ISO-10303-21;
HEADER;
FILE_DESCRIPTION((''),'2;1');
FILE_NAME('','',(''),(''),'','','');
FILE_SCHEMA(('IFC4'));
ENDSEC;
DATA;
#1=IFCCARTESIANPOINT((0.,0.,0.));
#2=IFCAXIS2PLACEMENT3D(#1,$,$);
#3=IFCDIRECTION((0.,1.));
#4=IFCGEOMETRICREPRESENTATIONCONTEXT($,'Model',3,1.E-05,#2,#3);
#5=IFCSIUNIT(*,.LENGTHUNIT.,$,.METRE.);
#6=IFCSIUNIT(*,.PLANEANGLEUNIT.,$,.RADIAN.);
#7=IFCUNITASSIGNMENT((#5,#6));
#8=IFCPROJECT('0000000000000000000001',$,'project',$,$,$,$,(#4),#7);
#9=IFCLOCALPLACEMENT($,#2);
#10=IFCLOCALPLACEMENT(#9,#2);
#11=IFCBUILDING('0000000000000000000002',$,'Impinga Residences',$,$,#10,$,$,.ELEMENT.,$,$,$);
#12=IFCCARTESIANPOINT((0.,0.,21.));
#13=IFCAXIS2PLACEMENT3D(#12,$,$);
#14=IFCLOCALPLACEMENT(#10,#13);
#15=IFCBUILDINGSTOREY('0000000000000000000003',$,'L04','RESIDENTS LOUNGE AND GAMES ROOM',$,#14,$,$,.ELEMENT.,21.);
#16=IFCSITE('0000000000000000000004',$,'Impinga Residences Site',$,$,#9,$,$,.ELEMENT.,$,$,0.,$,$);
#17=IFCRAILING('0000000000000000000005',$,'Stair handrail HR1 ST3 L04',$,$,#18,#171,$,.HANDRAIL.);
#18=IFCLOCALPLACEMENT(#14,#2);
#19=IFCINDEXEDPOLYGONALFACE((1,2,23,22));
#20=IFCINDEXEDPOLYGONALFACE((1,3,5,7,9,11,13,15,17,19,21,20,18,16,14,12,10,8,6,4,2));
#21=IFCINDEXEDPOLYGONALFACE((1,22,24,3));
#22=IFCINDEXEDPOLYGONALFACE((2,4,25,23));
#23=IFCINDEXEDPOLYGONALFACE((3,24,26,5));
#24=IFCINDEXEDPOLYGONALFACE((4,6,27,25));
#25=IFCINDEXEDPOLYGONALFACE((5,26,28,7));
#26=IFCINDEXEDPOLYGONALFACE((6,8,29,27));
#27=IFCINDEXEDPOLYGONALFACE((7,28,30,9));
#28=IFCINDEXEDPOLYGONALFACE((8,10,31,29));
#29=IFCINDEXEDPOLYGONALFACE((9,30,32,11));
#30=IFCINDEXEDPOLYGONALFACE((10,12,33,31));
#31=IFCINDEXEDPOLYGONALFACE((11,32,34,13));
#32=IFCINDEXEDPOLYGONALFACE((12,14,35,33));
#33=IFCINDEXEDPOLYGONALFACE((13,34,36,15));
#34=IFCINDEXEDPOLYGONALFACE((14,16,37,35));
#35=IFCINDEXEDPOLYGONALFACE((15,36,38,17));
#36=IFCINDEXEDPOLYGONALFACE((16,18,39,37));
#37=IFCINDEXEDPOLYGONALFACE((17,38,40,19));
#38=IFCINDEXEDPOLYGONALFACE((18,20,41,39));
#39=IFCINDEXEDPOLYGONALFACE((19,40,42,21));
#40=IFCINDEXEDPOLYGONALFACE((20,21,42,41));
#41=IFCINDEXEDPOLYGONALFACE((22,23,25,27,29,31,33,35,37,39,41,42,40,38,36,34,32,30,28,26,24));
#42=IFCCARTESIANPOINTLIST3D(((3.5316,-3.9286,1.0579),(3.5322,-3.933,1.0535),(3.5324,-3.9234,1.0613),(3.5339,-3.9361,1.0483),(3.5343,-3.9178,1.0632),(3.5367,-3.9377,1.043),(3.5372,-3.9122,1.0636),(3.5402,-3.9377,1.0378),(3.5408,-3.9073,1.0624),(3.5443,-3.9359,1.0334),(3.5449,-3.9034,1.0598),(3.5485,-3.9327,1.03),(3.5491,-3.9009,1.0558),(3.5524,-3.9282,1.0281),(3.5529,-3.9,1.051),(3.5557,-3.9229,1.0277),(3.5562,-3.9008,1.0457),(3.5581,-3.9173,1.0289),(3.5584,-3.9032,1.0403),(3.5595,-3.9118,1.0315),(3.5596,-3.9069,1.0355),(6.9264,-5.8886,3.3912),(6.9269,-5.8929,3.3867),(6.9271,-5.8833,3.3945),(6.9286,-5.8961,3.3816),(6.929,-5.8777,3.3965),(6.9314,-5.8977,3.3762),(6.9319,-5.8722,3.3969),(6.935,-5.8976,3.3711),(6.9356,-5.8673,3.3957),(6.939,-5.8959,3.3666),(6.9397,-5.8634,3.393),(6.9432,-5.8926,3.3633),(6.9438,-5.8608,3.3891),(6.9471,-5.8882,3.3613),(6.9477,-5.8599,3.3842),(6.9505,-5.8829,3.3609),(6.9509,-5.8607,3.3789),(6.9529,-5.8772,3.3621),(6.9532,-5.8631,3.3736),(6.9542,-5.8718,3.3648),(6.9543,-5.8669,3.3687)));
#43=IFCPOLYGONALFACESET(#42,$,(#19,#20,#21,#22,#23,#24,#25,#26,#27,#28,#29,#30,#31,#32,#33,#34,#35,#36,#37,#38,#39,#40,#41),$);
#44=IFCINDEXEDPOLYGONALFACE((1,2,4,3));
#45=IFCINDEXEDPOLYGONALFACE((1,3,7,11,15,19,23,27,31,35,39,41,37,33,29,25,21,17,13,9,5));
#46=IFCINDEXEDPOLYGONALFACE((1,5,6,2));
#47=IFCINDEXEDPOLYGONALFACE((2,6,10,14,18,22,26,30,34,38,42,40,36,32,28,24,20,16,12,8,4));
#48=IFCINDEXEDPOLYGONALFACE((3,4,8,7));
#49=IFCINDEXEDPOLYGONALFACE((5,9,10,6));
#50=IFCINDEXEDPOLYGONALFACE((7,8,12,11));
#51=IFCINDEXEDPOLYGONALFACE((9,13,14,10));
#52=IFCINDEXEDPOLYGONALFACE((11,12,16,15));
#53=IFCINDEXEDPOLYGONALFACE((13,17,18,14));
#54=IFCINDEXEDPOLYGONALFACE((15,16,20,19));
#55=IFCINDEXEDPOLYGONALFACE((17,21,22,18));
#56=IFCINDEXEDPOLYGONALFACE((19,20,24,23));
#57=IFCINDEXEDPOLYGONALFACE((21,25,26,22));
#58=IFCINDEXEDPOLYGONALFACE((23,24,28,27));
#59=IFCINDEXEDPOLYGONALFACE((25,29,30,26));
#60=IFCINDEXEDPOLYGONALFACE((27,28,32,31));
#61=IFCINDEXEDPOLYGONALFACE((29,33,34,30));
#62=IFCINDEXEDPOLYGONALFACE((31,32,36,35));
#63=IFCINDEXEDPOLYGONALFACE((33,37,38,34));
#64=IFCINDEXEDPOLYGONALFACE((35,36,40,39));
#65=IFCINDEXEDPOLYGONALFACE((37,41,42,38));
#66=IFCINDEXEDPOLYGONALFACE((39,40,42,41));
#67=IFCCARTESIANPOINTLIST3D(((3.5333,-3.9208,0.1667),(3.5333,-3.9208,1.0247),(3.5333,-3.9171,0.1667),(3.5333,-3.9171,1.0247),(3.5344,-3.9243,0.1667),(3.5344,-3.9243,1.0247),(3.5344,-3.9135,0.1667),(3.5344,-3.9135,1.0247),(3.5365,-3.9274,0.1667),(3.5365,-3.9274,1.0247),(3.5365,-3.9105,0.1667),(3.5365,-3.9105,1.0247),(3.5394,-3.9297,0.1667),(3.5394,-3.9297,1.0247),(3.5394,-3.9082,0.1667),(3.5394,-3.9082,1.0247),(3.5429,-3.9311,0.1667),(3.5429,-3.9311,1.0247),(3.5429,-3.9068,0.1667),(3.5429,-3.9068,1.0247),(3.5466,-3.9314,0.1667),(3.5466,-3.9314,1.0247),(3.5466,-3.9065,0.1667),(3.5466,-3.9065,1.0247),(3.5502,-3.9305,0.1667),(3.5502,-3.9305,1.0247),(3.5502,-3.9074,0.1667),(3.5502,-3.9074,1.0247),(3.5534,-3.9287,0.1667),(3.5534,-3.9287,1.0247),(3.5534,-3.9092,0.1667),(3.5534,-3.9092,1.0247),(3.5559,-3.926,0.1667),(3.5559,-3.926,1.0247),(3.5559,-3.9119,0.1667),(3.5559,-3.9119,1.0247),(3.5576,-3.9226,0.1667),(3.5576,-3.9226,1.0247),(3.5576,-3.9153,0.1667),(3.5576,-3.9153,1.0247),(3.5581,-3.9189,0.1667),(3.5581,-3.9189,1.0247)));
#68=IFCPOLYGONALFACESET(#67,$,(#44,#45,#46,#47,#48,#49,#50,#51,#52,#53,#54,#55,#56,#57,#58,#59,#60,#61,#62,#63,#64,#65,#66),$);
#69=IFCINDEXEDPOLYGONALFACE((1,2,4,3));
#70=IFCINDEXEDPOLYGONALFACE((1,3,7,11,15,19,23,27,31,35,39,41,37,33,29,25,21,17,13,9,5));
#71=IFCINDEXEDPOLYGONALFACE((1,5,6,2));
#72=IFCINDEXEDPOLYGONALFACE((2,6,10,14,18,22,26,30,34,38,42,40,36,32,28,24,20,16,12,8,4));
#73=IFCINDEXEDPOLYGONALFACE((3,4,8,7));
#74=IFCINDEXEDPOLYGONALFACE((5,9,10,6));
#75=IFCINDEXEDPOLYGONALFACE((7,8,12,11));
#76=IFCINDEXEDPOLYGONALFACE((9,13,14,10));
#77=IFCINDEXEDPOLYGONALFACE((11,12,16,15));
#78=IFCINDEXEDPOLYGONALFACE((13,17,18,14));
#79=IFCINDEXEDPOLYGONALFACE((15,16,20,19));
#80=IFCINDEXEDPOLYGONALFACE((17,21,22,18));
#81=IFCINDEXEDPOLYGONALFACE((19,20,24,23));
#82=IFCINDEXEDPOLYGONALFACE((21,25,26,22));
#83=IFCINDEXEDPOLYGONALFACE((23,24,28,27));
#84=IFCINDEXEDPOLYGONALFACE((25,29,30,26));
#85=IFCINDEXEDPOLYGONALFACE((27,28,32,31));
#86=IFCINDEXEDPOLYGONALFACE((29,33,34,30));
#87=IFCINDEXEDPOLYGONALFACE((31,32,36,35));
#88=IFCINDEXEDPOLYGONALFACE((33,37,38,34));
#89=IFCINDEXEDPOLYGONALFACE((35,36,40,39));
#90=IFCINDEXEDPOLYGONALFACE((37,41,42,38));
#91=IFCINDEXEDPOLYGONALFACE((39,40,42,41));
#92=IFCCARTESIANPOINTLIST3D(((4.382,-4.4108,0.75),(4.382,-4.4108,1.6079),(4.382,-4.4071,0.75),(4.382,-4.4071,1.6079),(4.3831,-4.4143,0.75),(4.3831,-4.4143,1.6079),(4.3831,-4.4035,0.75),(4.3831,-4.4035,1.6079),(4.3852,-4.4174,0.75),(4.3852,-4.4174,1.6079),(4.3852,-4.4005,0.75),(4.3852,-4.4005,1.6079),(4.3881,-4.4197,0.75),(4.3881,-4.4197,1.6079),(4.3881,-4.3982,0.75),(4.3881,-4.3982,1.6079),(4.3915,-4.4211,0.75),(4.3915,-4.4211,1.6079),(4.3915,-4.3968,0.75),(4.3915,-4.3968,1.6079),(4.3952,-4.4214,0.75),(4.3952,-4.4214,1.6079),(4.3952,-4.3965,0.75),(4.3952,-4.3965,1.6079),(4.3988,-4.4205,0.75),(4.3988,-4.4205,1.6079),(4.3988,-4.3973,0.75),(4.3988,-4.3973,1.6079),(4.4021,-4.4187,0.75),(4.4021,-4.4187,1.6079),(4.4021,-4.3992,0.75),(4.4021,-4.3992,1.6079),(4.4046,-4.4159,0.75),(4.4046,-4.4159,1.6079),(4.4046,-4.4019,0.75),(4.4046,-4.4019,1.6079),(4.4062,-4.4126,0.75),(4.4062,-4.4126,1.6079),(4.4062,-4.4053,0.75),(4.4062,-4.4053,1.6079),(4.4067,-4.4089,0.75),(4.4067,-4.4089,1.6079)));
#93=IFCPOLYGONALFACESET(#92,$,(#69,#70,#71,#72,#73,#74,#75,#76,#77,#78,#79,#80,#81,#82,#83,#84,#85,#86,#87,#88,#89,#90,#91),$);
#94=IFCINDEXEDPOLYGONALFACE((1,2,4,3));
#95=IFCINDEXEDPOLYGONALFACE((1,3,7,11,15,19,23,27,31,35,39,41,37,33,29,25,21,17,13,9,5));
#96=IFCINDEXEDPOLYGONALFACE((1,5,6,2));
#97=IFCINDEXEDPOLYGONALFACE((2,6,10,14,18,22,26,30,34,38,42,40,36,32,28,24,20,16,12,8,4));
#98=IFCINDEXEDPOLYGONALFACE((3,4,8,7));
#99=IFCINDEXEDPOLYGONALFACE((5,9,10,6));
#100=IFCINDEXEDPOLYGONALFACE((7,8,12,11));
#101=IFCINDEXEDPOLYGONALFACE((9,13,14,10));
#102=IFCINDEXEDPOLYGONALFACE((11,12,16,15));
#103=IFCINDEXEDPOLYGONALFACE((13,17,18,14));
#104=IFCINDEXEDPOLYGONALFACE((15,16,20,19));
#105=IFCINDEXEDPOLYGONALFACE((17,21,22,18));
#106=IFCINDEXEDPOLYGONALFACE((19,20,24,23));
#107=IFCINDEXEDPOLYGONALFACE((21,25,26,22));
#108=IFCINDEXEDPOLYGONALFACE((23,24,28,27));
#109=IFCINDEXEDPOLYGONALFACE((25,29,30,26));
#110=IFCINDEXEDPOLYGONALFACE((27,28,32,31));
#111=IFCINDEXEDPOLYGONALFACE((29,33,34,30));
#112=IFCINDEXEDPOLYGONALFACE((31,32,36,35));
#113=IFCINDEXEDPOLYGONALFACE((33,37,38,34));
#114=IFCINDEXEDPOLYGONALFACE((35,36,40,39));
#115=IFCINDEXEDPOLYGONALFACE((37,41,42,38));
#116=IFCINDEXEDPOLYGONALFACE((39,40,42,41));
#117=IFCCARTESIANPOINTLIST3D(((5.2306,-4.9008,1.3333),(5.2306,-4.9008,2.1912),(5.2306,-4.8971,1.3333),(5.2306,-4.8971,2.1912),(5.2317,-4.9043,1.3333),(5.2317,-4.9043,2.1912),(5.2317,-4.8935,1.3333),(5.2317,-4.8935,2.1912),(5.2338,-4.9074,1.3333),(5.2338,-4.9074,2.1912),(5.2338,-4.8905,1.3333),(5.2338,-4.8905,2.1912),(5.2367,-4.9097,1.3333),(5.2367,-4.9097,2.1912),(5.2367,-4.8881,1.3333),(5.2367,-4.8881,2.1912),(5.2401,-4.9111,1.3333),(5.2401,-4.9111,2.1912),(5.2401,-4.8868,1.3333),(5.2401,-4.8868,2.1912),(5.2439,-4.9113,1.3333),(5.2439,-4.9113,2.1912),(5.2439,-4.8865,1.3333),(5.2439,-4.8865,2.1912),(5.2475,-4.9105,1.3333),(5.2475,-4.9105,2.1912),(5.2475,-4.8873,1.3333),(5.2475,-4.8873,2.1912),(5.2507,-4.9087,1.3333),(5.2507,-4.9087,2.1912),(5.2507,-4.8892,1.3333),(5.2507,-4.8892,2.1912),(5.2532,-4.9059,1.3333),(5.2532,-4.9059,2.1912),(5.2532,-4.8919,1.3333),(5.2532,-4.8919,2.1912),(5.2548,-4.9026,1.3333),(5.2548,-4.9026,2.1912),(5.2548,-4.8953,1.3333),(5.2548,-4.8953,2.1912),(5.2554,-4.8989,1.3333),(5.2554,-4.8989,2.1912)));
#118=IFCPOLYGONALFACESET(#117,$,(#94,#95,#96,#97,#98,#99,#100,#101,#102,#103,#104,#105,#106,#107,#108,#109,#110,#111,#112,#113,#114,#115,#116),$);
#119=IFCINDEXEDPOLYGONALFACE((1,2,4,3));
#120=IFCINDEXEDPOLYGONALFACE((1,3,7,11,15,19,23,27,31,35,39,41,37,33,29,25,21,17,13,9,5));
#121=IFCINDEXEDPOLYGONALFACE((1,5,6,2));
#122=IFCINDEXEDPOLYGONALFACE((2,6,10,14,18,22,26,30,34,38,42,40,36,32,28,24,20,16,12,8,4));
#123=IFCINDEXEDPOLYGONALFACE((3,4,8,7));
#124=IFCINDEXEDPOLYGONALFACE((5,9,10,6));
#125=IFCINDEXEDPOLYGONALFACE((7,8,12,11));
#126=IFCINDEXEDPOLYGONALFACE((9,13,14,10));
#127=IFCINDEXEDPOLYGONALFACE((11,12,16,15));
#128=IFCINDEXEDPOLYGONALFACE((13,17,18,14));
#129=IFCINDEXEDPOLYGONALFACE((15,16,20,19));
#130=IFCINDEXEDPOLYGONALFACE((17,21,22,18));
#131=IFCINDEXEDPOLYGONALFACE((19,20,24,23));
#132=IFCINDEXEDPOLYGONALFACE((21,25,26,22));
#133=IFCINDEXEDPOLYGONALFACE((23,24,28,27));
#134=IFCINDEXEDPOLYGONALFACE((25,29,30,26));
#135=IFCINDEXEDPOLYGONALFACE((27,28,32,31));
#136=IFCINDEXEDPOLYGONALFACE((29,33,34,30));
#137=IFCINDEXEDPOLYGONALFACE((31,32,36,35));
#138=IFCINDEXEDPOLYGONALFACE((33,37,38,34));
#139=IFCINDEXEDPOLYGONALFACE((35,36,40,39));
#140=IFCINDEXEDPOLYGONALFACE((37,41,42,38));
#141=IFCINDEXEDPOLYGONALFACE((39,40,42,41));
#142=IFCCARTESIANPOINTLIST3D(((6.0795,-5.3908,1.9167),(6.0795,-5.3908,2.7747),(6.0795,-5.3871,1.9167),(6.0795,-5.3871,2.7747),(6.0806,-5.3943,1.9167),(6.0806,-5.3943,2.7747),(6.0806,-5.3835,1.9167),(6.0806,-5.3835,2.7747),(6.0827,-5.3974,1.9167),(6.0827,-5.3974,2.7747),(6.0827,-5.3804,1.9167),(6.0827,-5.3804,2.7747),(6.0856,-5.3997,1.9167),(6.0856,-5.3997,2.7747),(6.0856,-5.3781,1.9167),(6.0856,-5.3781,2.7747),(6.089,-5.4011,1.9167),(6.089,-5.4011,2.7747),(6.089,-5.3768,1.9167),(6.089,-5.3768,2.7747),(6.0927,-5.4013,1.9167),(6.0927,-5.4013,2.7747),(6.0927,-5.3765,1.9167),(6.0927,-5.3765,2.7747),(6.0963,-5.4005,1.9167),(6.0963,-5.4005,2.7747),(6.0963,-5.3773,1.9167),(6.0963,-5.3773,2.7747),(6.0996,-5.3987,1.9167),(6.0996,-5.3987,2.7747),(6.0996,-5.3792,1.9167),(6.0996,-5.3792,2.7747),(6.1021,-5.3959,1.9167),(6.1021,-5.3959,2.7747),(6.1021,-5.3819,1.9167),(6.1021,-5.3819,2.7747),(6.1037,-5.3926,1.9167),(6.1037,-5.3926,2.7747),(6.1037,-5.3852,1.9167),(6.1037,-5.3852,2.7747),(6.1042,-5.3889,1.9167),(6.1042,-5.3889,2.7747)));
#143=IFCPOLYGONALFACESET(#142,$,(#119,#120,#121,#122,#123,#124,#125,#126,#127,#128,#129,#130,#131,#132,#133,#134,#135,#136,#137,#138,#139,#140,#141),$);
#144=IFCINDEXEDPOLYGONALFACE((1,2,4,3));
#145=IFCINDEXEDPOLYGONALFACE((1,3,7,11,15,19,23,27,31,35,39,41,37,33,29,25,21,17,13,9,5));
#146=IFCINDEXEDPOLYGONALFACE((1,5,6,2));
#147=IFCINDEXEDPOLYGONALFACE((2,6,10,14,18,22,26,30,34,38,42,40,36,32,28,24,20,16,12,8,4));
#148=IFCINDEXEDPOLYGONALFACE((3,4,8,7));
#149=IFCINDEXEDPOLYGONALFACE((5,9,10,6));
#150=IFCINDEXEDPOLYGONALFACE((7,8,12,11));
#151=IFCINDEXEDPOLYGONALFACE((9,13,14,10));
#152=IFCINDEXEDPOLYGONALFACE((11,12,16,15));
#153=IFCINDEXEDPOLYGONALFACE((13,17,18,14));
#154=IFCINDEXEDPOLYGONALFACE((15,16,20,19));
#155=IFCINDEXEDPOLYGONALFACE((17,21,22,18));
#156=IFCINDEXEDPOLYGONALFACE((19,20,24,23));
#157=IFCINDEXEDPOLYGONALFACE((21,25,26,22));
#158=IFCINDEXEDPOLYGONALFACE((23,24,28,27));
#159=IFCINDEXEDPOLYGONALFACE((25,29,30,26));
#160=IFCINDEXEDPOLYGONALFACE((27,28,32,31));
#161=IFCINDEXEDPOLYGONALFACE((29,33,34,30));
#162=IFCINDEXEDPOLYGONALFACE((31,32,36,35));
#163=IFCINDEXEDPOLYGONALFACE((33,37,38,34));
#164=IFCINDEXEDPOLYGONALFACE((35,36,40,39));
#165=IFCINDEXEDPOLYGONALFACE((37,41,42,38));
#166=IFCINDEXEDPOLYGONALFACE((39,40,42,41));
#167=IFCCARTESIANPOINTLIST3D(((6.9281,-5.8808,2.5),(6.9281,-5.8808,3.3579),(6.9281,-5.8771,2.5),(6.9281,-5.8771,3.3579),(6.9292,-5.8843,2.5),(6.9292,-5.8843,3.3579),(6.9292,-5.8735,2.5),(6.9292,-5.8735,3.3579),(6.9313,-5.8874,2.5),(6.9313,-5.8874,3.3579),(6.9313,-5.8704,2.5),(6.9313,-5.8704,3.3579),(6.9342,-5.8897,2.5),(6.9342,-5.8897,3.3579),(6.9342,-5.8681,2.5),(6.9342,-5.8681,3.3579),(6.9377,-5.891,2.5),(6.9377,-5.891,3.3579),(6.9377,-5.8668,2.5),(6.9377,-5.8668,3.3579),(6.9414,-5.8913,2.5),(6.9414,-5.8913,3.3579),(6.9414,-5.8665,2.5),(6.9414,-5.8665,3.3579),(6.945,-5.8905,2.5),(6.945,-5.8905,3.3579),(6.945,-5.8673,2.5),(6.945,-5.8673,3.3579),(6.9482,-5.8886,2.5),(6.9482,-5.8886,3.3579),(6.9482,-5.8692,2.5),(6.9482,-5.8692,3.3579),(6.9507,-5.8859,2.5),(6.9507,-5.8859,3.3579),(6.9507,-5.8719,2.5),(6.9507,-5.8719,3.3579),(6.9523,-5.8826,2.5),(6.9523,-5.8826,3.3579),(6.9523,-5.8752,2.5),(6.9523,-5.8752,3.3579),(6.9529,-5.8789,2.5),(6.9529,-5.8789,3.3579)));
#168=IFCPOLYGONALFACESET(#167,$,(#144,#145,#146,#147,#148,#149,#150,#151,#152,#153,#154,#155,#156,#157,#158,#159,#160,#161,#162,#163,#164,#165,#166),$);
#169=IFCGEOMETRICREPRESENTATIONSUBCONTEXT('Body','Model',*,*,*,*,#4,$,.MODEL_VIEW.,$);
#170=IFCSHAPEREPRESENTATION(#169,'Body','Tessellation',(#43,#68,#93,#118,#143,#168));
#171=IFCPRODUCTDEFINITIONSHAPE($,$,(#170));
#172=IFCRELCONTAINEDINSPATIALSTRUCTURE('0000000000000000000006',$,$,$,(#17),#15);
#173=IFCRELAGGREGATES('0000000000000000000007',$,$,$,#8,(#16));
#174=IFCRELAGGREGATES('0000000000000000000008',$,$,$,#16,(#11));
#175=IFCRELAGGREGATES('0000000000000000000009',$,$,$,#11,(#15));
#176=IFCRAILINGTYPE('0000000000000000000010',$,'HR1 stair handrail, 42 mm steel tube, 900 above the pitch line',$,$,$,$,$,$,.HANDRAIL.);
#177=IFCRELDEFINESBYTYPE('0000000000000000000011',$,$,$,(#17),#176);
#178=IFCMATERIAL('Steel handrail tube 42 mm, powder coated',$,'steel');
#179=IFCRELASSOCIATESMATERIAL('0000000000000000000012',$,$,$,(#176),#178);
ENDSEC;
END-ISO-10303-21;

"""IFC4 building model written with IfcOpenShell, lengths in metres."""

from ifc_helpers import new_model, si_unit, direction, frame, origin, origin_2d, place, context, subcontext, project, spatial, circle, extrude, material, type_object, element, save


model = new_model("IFC4")

# Units and contexts
model_context = context("Model", 3, precision=1e-05, world=origin(), true_north=direction((0.0, 1.0)))
body_context = subcontext(model_context, "Body", "Model", "MODEL_VIEW")
ifc_project = project(units=[si_unit("LENGTHUNIT", "METRE"), si_unit("PLANEANGLEUNIT", "RADIAN")], contexts=[model_context])

# Site, building, storey
site_placement = place(None, origin())
site = spatial("IfcSite", under=ifc_project, at=site_placement, Name="Impinga Residences Site", CompositionType="ELEMENT", RefElevation=0.0)
building_placement = place(site_placement, origin())
building = spatial("IfcBuilding", under=site, at=building_placement, Name="Impinga Residences", CompositionType="ELEMENT")
storey_placement = place(building_placement, frame((0.0, 0.0, 21.0)))
storey = spatial("IfcBuildingStorey", under=building, at=storey_placement, Name="L04", Description="RESIDENTS LOUNGE AND GAMES ROOM", CompositionType="ELEMENT", Elevation=21.0)

# Railing
ifc_material_1 = material(Name="Steel handrail tube 42 mm, powder coated", Category="steel")
railing_type_1 = type_object("IfcRailingType", Name="HR1 stair handrail, 42 mm steel tube, 900 above the pitch line", PredefinedType="HANDRAIL", material=ifc_material_1)
railing_1_placement = place(storey_placement, frame((3.5457, -3.9189, 0.1667)))
element("IfcRailing", 1, at=railing_1_placement, inside=storey, type_object=railing_type_1, Name="Stair handrail HR1 ST3 L04", PredefinedType="HANDRAIL", context=body_context, shape_type="SweptSolid", body=[
    extrude(circle(Radius=0.021, at=origin_2d()), frame((0.0, 0.0, 0.8789), z_axis=(0.744175, -0.429646, 0.511476), x_axis=(0.499997, 0.866027, 0.0)), (0.0, 0.0, 1.0), 4.5618),
    extrude(circle(Radius=0.0125, at=origin_2d()), origin(), (0.0, 0.0, 1.0), 0.8579),
    extrude(circle(Radius=0.0125, at=origin_2d()), frame((0.8486, -0.49, 0.5833)), (0.0, 0.0, 1.0), 0.8579),
    extrude(circle(Radius=0.0125, at=origin_2d()), frame((1.6973, -0.98, 1.1665)), (0.0, 0.0, 1.0), 0.8579),
    extrude(circle(Radius=0.0125, at=origin_2d()), frame((2.5461, -1.47, 1.75)), (0.0, 0.0, 1.0), 0.8579),
    extrude(circle(Radius=0.0125, at=origin_2d()), frame((3.3948, -1.96, 2.3333)), (0.0, 0.0, 1.0), 0.8579),
])

save(model, "model.ifc")
